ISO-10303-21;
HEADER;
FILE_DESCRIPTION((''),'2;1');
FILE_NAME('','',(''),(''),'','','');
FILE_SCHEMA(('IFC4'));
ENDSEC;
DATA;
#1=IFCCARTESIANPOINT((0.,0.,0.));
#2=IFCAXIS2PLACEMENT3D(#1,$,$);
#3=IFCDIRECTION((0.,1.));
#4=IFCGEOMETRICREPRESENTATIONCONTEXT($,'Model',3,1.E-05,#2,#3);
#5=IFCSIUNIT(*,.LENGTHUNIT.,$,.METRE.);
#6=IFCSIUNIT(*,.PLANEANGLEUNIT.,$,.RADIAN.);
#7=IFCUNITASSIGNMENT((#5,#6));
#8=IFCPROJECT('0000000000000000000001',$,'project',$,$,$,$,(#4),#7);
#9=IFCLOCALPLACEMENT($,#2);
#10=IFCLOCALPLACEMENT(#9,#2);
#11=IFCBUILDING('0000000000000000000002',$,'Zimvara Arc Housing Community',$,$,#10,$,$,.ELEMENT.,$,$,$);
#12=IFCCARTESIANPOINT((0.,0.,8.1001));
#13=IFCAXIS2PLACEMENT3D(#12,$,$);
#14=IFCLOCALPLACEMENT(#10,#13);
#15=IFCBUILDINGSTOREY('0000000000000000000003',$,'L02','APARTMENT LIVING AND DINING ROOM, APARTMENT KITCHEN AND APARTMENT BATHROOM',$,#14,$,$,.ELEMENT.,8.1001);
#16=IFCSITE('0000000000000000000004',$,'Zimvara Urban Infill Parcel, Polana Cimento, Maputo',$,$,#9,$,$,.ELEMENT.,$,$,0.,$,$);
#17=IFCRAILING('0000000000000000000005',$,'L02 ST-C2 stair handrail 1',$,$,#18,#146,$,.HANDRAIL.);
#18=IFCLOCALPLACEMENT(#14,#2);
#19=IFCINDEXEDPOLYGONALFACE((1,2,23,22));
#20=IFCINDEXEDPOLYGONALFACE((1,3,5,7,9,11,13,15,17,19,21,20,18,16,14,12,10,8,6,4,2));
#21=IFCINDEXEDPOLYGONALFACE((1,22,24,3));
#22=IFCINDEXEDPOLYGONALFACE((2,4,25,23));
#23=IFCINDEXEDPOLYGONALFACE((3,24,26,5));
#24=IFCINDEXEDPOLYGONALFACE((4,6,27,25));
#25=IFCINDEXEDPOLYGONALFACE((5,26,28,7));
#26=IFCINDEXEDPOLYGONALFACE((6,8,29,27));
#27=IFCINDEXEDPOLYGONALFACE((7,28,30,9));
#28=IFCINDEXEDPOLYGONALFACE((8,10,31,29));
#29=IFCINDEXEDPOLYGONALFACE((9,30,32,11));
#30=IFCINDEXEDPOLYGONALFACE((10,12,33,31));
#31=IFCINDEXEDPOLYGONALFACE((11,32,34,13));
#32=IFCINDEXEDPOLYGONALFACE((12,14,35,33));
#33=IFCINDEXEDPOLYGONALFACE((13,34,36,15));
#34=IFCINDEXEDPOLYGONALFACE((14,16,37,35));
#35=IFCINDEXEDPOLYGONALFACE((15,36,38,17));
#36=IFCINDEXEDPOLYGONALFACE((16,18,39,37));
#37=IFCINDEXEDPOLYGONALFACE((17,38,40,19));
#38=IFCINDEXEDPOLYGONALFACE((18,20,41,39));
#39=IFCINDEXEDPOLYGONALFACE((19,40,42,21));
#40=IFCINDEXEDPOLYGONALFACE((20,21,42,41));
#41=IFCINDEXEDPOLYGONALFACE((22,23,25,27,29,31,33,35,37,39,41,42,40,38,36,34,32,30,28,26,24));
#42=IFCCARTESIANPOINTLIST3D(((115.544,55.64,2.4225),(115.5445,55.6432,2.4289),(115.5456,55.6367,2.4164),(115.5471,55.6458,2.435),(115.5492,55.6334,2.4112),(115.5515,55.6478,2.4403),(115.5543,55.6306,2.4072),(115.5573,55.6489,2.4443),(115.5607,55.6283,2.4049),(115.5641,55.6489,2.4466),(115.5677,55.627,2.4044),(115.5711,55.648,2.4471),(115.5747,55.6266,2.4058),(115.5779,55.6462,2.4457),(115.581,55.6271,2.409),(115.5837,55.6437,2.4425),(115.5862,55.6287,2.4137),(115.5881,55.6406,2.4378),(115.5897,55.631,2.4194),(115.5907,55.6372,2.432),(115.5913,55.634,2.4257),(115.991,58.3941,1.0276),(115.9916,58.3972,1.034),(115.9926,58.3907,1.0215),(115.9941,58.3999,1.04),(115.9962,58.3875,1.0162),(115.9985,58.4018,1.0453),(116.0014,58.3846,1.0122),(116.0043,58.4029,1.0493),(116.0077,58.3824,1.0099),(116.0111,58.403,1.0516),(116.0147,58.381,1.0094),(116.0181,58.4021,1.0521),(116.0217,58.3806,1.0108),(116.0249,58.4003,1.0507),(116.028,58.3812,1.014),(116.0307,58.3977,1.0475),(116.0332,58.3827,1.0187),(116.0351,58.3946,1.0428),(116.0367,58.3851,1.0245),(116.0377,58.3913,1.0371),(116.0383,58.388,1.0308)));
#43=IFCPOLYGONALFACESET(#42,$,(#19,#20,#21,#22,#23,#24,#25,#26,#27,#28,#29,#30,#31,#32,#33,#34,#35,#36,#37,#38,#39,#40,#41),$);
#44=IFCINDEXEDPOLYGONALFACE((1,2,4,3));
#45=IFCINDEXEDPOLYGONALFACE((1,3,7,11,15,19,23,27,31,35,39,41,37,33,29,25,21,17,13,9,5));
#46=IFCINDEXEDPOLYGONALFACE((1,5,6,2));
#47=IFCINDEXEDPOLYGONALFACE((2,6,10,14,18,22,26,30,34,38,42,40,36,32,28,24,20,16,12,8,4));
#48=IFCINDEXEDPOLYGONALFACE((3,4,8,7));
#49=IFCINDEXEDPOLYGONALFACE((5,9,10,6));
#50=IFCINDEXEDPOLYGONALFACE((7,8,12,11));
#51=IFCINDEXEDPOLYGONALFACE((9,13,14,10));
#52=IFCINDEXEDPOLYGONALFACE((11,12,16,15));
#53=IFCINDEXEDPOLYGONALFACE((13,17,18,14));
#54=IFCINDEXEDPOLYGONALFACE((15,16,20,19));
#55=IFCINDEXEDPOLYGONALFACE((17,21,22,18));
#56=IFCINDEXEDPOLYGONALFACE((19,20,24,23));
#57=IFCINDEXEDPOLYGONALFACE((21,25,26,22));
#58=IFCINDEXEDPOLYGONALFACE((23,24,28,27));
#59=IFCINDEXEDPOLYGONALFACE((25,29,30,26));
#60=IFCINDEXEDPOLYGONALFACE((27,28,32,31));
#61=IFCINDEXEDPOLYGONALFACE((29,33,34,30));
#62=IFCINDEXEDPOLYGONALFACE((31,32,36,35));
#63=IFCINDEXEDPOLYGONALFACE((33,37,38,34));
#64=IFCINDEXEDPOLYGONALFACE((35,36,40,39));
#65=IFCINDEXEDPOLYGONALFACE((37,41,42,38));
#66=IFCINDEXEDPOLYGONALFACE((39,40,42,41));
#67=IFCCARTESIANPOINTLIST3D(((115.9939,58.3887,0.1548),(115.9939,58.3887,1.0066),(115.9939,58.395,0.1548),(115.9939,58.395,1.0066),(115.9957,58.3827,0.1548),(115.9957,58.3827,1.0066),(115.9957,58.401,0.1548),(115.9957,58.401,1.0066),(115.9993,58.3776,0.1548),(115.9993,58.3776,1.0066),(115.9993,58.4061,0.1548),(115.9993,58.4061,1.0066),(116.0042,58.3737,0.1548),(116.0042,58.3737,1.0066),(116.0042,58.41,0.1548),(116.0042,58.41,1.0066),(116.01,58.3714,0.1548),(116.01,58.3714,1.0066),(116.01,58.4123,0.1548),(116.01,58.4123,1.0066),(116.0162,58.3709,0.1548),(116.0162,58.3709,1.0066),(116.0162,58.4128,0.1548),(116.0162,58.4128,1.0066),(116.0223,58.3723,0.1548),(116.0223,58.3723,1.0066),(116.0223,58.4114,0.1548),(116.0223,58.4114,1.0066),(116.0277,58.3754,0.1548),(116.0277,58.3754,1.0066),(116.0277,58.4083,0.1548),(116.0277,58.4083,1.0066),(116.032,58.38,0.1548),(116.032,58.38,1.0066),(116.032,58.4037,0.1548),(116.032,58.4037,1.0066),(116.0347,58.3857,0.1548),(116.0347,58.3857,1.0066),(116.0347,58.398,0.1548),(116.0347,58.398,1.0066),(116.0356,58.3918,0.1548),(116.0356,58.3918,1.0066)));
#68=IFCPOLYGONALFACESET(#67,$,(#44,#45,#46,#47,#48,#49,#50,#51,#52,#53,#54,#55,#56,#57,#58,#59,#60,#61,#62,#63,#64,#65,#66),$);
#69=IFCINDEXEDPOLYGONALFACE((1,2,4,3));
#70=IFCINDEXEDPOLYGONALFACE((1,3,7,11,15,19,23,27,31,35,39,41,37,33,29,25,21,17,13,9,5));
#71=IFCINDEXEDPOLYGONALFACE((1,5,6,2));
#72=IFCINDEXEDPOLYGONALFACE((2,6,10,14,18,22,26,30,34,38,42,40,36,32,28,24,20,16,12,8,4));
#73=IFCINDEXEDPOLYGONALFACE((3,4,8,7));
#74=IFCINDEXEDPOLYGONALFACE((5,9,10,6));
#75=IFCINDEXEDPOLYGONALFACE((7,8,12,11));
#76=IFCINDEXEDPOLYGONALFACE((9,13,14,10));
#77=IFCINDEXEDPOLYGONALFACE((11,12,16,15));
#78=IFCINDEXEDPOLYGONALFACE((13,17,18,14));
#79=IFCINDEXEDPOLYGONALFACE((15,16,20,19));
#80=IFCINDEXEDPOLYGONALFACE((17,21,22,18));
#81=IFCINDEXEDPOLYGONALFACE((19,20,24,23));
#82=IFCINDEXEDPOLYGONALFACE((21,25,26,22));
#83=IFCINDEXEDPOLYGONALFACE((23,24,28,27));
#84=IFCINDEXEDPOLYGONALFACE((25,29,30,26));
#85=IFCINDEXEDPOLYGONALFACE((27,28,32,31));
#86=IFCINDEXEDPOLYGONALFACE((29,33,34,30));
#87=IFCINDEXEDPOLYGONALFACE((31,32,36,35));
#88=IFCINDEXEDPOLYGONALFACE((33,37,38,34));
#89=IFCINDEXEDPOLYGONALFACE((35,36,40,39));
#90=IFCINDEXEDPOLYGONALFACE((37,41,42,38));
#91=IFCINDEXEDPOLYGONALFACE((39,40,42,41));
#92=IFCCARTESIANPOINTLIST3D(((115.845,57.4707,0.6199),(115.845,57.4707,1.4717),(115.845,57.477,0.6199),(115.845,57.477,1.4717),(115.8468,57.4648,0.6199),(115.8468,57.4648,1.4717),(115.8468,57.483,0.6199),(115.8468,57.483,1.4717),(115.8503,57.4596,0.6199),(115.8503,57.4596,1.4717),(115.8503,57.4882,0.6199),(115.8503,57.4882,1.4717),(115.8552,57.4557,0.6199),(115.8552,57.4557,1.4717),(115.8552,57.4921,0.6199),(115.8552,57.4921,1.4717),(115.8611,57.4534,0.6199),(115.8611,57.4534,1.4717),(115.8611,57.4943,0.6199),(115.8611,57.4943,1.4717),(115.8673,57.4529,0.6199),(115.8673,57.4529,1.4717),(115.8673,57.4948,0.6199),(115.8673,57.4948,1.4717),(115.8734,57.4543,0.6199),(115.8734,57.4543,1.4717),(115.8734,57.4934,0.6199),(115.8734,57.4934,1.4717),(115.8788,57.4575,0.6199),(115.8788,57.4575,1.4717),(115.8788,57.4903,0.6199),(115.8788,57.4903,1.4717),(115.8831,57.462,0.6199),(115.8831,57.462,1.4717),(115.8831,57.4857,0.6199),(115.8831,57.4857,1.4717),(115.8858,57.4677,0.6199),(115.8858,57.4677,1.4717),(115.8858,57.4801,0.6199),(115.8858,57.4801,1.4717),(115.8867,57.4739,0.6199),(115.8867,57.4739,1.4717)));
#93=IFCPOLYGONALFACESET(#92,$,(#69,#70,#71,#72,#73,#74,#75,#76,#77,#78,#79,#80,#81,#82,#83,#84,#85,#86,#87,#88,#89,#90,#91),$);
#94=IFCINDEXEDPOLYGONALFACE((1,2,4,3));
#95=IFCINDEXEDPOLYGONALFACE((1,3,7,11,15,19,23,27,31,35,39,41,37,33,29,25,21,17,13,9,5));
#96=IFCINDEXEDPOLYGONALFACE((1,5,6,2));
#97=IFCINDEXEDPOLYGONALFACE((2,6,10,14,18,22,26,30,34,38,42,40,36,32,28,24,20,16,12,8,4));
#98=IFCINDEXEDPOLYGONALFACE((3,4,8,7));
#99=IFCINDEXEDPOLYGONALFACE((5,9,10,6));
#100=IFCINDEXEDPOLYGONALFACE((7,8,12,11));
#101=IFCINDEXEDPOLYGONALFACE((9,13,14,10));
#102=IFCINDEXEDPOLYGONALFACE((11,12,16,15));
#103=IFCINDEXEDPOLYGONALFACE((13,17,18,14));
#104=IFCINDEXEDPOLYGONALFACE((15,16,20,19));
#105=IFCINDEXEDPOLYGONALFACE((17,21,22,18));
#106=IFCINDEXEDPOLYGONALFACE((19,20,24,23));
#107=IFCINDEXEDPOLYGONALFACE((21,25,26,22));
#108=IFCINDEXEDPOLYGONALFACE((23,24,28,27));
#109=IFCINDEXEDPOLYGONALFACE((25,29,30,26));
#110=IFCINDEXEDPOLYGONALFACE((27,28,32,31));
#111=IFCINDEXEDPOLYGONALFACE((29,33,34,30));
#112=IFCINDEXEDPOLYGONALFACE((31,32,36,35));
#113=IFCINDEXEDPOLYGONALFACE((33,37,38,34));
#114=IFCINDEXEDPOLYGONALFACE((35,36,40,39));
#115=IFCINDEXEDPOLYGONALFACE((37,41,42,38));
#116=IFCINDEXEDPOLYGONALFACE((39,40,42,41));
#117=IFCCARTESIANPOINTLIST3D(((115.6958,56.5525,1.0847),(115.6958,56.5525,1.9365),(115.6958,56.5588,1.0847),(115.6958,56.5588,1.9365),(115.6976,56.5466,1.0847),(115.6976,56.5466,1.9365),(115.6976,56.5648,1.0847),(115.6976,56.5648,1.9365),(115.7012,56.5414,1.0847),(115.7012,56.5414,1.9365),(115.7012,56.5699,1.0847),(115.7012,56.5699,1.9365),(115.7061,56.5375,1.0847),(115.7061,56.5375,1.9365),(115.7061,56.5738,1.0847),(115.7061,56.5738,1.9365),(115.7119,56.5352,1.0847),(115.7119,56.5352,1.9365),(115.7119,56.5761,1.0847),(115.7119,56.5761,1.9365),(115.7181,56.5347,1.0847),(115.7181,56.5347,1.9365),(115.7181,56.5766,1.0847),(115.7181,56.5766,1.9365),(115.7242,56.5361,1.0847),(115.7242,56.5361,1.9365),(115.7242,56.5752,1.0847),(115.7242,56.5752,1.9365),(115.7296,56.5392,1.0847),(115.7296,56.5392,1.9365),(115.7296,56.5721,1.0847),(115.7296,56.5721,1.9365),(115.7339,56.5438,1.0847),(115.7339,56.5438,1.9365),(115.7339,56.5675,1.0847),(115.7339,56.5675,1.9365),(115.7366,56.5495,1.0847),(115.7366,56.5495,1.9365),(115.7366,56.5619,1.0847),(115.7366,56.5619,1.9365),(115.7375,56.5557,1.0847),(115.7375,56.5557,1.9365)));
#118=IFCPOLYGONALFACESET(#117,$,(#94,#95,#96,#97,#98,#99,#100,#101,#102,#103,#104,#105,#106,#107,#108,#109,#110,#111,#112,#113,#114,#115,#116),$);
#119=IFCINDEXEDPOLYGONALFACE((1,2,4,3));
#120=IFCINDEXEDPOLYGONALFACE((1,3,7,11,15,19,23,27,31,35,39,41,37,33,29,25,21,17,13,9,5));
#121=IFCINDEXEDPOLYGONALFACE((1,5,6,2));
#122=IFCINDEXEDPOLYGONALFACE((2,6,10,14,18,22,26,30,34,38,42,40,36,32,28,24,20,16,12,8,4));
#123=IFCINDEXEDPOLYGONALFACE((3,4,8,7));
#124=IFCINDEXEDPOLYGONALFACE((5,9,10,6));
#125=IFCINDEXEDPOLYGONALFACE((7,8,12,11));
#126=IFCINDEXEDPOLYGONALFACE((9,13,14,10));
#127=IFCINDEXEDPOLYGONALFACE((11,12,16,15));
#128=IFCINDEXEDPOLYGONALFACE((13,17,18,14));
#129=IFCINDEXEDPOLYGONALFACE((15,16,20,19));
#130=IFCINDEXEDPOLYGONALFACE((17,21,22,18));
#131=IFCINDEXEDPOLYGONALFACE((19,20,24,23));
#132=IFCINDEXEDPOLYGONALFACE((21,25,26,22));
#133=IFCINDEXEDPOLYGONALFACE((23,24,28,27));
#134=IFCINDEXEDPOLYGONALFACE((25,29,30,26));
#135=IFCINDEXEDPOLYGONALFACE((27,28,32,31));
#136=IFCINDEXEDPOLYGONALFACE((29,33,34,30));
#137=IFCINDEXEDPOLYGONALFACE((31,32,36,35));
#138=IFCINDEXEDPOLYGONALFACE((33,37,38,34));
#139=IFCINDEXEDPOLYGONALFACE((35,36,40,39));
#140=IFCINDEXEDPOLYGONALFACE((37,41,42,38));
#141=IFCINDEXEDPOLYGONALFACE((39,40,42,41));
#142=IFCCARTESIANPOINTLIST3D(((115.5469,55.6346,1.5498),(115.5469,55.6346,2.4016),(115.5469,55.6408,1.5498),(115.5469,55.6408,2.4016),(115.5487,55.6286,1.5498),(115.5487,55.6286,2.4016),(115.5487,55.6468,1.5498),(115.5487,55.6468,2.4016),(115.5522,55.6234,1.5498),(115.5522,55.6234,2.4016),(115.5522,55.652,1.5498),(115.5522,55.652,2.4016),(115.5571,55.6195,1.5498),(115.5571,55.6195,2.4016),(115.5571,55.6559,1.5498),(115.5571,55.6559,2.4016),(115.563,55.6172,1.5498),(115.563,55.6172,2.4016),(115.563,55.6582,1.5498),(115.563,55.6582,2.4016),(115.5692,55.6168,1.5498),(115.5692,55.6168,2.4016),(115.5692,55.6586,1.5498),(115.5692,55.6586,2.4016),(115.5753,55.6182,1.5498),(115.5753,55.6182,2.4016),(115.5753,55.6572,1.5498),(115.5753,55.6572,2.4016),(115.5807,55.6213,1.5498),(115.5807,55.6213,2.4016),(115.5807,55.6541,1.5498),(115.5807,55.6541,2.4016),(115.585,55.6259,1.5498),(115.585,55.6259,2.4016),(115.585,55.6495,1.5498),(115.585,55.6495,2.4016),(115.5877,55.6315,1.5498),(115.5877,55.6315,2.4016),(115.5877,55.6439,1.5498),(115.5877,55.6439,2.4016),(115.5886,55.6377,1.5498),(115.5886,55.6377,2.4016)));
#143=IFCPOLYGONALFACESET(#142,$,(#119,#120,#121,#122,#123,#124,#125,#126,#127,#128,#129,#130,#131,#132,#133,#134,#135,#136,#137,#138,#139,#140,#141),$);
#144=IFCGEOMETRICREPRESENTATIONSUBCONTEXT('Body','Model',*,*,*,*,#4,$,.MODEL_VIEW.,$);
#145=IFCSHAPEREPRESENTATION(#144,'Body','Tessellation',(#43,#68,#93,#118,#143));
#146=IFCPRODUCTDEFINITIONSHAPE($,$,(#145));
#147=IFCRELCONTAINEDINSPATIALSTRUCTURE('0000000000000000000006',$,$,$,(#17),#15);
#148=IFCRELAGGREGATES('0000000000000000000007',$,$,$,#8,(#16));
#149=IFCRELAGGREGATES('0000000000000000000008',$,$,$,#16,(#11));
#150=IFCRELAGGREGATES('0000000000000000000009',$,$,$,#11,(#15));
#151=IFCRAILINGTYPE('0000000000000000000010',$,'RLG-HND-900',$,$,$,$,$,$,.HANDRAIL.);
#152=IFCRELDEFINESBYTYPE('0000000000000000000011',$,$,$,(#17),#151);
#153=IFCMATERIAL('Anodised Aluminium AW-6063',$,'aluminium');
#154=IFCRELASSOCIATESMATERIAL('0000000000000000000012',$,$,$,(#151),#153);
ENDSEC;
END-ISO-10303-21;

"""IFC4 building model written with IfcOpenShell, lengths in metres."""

from ifc_helpers import new_model, si_unit, direction, frame, origin, origin_2d, place, context, subcontext, project, spatial, circle, extrude, material, type_object, element, save


model = new_model("IFC4")

# Units and contexts
model_context = context("Model", 3, precision=1e-05, world=origin(), true_north=direction((0.0, 1.0)))
body_context = subcontext(model_context, "Body", "Model", "MODEL_VIEW")
ifc_project = project(units=[si_unit("LENGTHUNIT", "METRE"), si_unit("PLANEANGLEUNIT", "RADIAN")], contexts=[model_context])

# Site, building, storey
site_placement = place(None, origin())
site = spatial("IfcSite", under=ifc_project, at=site_placement, Name="Zimvara Urban Infill Parcel, Polana Cimento, Maputo", CompositionType="ELEMENT", RefElevation=0.0)
building_placement = place(site_placement, origin())
building = spatial("IfcBuilding", under=site, at=building_placement, Name="Zimvara Arc Housing Community", CompositionType="ELEMENT")
storey_placement = place(building_placement, frame((0.0, 0.0, 8.1001)))
storey = spatial("IfcBuildingStorey", under=building, at=storey_placement, Name="L02", Description="APARTMENT LIVING AND DINING ROOM, APARTMENT KITCHEN AND APARTMENT BATHROOM", CompositionType="ELEMENT", Elevation=8.1001)

# Railing
ifc_material_1 = material(Name="Anodised Aluminium AW-6063", Category="aluminium")
railing_type_1 = type_object("IfcRailingType", Name="RLG-HND-900", PredefinedType="HANDRAIL", material=ifc_material_1)
railing_1_placement = place(storey_placement, frame((116.0146, 58.3918, 0.1548)))
element("IfcRailing", 1, at=railing_1_placement, inside=storey, type_object=railing_type_1, Name="L02 ST-C2 stair handrail 1", PredefinedType="HANDRAIL", context=body_context, shape_type="SweptSolid", body=[
    extrude(circle(Radius=0.0239, at=origin_2d()), frame((0.0, 0.0, 0.876), z_axis=(-0.143299, -0.882883, 0.447194), x_axis=(0.987083, -0.160212, 0.0)), (0.0, 0.0, 1.0), 3.1194),
    extrude(circle(Radius=0.021, at=origin_2d()), origin(), (0.0, 0.0, 1.0), 0.8518),
    extrude(circle(Radius=0.021, at=origin_2d()), frame((-0.1489, -0.918, 0.4651)), (0.0, 0.0, 1.0), 0.8518),
    extrude(circle(Radius=0.021, at=origin_2d()), frame((-0.2981, -1.8362, 0.9299)), (0.0, 0.0, 1.0), 0.8518),
    extrude(circle(Radius=0.021, at=origin_2d()), frame((-0.447, -2.7542, 1.395)), (0.0, 0.0, 1.0), 0.8518),
])

save(model, "model.ifc")
